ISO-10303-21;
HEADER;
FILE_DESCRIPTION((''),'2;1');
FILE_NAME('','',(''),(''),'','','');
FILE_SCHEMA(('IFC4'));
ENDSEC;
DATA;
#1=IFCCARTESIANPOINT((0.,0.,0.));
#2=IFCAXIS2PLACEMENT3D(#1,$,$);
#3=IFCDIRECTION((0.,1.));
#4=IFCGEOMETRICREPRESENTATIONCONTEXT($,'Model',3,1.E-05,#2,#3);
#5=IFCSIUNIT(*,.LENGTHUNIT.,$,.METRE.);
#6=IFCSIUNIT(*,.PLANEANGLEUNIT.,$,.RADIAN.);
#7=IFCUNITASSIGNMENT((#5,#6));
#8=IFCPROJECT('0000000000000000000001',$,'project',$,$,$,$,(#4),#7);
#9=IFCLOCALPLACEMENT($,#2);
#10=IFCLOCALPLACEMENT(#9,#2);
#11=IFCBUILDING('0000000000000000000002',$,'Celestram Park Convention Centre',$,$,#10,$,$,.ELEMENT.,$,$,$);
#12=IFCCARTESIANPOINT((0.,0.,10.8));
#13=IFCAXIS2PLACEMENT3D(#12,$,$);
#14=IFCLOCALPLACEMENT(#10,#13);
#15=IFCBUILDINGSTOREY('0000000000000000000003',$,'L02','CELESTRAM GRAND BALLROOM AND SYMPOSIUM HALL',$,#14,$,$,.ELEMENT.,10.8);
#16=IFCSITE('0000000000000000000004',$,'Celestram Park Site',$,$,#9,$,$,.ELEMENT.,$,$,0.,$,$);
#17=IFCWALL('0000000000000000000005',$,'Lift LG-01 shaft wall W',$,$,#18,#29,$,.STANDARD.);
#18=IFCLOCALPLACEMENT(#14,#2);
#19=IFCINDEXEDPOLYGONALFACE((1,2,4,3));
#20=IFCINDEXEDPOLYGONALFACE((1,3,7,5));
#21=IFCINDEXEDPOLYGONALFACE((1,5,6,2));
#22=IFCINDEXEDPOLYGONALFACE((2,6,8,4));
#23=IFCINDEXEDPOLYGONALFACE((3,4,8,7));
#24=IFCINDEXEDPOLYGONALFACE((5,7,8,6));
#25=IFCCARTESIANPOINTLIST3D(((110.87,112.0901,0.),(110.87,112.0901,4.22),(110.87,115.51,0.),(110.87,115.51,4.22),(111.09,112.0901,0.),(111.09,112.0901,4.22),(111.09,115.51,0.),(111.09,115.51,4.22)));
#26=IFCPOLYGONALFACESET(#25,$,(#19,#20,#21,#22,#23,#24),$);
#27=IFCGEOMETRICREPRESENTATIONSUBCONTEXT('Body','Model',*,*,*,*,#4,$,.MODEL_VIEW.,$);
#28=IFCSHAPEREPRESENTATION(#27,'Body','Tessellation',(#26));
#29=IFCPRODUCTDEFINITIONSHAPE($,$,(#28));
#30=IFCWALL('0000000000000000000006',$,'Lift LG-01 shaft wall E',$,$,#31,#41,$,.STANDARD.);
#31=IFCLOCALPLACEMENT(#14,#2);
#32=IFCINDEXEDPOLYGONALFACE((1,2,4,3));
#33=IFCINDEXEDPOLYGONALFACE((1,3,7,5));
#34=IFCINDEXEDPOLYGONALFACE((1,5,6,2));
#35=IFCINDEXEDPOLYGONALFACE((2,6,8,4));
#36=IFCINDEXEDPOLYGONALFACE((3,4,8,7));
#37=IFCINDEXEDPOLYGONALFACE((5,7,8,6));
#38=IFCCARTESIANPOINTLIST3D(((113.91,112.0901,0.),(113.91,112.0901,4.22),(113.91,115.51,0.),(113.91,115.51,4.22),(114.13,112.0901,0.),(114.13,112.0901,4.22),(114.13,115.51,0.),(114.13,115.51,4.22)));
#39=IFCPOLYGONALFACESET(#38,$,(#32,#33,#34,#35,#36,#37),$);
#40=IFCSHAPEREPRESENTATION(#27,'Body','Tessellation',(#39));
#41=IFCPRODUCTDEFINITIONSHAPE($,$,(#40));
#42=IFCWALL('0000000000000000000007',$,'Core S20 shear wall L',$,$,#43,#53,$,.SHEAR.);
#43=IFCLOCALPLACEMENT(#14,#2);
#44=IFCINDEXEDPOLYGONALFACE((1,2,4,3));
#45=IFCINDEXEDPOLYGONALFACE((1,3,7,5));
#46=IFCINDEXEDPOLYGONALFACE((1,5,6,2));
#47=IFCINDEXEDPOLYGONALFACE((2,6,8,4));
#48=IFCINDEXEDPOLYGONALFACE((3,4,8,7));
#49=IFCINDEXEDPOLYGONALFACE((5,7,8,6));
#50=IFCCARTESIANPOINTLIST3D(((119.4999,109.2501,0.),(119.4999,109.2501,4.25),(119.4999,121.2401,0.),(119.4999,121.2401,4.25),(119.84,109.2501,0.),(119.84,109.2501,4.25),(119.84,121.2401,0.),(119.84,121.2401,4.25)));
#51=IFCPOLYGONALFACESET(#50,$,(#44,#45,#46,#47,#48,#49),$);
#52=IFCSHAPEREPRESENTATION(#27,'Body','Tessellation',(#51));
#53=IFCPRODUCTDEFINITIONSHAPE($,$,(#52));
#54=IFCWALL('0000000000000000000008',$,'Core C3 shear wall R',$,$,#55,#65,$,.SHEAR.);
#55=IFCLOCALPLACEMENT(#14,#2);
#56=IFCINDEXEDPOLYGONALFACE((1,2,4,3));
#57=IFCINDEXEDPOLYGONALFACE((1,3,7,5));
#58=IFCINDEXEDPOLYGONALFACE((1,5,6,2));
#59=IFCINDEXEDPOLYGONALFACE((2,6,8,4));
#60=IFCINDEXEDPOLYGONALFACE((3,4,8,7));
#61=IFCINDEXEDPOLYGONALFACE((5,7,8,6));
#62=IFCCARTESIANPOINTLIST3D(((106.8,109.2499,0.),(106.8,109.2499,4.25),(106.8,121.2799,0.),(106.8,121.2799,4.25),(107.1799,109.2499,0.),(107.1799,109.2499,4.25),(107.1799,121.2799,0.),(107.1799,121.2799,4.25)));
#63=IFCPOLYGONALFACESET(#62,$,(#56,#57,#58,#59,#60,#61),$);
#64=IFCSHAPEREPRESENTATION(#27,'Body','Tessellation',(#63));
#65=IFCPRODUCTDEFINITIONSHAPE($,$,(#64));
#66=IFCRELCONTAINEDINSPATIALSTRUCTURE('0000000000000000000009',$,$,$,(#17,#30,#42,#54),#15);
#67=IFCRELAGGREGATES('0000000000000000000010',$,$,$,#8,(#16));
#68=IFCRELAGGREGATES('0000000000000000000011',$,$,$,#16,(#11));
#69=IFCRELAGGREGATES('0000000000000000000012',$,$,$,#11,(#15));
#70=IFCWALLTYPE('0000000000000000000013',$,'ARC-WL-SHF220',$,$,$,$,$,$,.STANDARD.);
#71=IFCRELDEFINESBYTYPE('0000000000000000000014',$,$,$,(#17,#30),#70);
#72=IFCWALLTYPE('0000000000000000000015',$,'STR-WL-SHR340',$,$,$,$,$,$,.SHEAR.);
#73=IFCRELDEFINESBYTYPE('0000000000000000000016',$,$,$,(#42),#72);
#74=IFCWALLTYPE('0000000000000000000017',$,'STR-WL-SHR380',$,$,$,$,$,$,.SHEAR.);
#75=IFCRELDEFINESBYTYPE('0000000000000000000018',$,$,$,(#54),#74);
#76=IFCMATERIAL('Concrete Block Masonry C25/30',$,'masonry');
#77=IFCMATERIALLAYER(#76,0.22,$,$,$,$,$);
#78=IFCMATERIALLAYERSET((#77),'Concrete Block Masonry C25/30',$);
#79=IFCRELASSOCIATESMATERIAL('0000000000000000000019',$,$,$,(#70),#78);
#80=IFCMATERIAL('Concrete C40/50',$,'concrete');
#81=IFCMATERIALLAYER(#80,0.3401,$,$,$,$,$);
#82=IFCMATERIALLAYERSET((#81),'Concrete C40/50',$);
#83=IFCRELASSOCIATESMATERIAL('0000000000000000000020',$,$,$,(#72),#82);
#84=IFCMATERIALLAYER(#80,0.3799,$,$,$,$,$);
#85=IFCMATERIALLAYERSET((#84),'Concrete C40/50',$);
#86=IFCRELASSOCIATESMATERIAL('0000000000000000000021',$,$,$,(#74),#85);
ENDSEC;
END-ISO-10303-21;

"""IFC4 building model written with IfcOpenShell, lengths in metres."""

from ifc_helpers import new_model, si_unit, direction, frame, frame_2d, origin, place, context, subcontext, project, spatial, rectangle, extrude, material, layer, layer_set, type_object, element, save


model = new_model("IFC4")

# Units and contexts
model_context = context("Model", 3, precision=1e-05, world=origin(), true_north=direction((0.0, 1.0)))
body_context = subcontext(model_context, "Body", "Model", "MODEL_VIEW")
ifc_project = project(units=[si_unit("LENGTHUNIT", "METRE"), si_unit("PLANEANGLEUNIT", "RADIAN")], contexts=[model_context])

# Site, building, storey
site_placement = place(None, origin())
site = spatial("IfcSite", under=ifc_project, at=site_placement, Name="Celestram Park Site", CompositionType="ELEMENT", RefElevation=0.0)
building_placement = place(site_placement, origin())
building = spatial("IfcBuilding", under=site, at=building_placement, Name="Celestram Park Convention Centre", CompositionType="ELEMENT")
storey_placement = place(building_placement, frame((0.0, 0.0, 10.8)))
storey = spatial("IfcBuildingStorey", under=building, at=storey_placement, Name="L02", Description="CELESTRAM GRAND BALLROOM AND SYMPOSIUM HALL", CompositionType="ELEMENT", Elevation=10.8)

# Shared definitions
ifc_material_1 = material(Name="Concrete C40/50", Category="concrete")

# Shared definitions
ifc_material_2 = material(Name="Concrete Block Masonry C25/30", Category="masonry")

# Shared definitions
ifc_layer_1 = layer(ifc_material_2, 0.22)
ifc_layer_set_1 = layer_set([ifc_layer_1], Name="Concrete Block Masonry C25/30")
wall_type_1 = type_object("IfcWallType", Name="ARC-WL-SHF220", PredefinedType="STANDARD", material=ifc_layer_set_1)

# Walls
for number, where, z_axis, x_axis, name in (
    (1, (110.98, 115.51, 0.0), (0.0, 0.0, 1.0), (0.0, -1.0, 0.0), "Lift LG-01 shaft wall W"),
    (2, (114.02, 112.0901, 0.0), (0.0, 0.0, 1.0), (0.0, 1.0, 0.0), "Lift LG-01 shaft wall E"),
):
    element("IfcWall", number, at=place(storey_placement, frame(where, z_axis=z_axis, x_axis=x_axis)), inside=storey, type_object=wall_type_1, Name=name, PredefinedType="STANDARD", context=body_context, shape_type="SweptSolid", body=[
        extrude(rectangle(XDim=3.4199, YDim=0.22, at=frame_2d((1.71, 0.0))), origin(), (0.0, 0.0, 1.0), 4.22),
    ])
ifc_layer_2 = layer(ifc_material_1, 0.3401)
ifc_layer_set_2 = layer_set([ifc_layer_2], Name="Concrete C40/50")
wall_type_2 = type_object("IfcWallType", Name="STR-WL-SHR340", PredefinedType="SHEAR", material=ifc_layer_set_2)
wall_1_placement = place(storey_placement, frame((119.6699, 109.25, 0.0), z_axis=(0.0, 0.0, 1.0), x_axis=(0.0, 1.0, 0.0)))
element("IfcWall", 3, at=wall_1_placement, inside=storey, type_object=wall_type_2, Name="Core S20 shear wall L", PredefinedType="SHEAR", context=body_context, shape_type="SweptSolid", body=[
    extrude(rectangle(XDim=11.99, YDim=0.3401, at=frame_2d((5.9951, 0.0))), origin(), (0.0, 0.0, 1.0), 4.25),
])
ifc_layer_3 = layer(ifc_material_1, 0.3799)
ifc_layer_set_3 = layer_set([ifc_layer_3], Name="Concrete C40/50")
wall_type_3 = type_object("IfcWallType", Name="STR-WL-SHR380", PredefinedType="SHEAR", material=ifc_layer_set_3)
wall_2_placement = place(storey_placement, frame((106.99, 121.28, 0.0), z_axis=(0.0, 0.0, 1.0), x_axis=(0.0, -1.0, 0.0)))
element("IfcWall", 4, at=wall_2_placement, inside=storey, type_object=wall_type_3, Name="Core C3 shear wall R", PredefinedType="SHEAR", context=body_context, shape_type="SweptSolid", body=[
    extrude(rectangle(XDim=12.03, YDim=0.3799, at=frame_2d((6.0151, 0.0))), origin(), (0.0, 0.0, 1.0), 4.25),
])

save(model, "model.ifc")
